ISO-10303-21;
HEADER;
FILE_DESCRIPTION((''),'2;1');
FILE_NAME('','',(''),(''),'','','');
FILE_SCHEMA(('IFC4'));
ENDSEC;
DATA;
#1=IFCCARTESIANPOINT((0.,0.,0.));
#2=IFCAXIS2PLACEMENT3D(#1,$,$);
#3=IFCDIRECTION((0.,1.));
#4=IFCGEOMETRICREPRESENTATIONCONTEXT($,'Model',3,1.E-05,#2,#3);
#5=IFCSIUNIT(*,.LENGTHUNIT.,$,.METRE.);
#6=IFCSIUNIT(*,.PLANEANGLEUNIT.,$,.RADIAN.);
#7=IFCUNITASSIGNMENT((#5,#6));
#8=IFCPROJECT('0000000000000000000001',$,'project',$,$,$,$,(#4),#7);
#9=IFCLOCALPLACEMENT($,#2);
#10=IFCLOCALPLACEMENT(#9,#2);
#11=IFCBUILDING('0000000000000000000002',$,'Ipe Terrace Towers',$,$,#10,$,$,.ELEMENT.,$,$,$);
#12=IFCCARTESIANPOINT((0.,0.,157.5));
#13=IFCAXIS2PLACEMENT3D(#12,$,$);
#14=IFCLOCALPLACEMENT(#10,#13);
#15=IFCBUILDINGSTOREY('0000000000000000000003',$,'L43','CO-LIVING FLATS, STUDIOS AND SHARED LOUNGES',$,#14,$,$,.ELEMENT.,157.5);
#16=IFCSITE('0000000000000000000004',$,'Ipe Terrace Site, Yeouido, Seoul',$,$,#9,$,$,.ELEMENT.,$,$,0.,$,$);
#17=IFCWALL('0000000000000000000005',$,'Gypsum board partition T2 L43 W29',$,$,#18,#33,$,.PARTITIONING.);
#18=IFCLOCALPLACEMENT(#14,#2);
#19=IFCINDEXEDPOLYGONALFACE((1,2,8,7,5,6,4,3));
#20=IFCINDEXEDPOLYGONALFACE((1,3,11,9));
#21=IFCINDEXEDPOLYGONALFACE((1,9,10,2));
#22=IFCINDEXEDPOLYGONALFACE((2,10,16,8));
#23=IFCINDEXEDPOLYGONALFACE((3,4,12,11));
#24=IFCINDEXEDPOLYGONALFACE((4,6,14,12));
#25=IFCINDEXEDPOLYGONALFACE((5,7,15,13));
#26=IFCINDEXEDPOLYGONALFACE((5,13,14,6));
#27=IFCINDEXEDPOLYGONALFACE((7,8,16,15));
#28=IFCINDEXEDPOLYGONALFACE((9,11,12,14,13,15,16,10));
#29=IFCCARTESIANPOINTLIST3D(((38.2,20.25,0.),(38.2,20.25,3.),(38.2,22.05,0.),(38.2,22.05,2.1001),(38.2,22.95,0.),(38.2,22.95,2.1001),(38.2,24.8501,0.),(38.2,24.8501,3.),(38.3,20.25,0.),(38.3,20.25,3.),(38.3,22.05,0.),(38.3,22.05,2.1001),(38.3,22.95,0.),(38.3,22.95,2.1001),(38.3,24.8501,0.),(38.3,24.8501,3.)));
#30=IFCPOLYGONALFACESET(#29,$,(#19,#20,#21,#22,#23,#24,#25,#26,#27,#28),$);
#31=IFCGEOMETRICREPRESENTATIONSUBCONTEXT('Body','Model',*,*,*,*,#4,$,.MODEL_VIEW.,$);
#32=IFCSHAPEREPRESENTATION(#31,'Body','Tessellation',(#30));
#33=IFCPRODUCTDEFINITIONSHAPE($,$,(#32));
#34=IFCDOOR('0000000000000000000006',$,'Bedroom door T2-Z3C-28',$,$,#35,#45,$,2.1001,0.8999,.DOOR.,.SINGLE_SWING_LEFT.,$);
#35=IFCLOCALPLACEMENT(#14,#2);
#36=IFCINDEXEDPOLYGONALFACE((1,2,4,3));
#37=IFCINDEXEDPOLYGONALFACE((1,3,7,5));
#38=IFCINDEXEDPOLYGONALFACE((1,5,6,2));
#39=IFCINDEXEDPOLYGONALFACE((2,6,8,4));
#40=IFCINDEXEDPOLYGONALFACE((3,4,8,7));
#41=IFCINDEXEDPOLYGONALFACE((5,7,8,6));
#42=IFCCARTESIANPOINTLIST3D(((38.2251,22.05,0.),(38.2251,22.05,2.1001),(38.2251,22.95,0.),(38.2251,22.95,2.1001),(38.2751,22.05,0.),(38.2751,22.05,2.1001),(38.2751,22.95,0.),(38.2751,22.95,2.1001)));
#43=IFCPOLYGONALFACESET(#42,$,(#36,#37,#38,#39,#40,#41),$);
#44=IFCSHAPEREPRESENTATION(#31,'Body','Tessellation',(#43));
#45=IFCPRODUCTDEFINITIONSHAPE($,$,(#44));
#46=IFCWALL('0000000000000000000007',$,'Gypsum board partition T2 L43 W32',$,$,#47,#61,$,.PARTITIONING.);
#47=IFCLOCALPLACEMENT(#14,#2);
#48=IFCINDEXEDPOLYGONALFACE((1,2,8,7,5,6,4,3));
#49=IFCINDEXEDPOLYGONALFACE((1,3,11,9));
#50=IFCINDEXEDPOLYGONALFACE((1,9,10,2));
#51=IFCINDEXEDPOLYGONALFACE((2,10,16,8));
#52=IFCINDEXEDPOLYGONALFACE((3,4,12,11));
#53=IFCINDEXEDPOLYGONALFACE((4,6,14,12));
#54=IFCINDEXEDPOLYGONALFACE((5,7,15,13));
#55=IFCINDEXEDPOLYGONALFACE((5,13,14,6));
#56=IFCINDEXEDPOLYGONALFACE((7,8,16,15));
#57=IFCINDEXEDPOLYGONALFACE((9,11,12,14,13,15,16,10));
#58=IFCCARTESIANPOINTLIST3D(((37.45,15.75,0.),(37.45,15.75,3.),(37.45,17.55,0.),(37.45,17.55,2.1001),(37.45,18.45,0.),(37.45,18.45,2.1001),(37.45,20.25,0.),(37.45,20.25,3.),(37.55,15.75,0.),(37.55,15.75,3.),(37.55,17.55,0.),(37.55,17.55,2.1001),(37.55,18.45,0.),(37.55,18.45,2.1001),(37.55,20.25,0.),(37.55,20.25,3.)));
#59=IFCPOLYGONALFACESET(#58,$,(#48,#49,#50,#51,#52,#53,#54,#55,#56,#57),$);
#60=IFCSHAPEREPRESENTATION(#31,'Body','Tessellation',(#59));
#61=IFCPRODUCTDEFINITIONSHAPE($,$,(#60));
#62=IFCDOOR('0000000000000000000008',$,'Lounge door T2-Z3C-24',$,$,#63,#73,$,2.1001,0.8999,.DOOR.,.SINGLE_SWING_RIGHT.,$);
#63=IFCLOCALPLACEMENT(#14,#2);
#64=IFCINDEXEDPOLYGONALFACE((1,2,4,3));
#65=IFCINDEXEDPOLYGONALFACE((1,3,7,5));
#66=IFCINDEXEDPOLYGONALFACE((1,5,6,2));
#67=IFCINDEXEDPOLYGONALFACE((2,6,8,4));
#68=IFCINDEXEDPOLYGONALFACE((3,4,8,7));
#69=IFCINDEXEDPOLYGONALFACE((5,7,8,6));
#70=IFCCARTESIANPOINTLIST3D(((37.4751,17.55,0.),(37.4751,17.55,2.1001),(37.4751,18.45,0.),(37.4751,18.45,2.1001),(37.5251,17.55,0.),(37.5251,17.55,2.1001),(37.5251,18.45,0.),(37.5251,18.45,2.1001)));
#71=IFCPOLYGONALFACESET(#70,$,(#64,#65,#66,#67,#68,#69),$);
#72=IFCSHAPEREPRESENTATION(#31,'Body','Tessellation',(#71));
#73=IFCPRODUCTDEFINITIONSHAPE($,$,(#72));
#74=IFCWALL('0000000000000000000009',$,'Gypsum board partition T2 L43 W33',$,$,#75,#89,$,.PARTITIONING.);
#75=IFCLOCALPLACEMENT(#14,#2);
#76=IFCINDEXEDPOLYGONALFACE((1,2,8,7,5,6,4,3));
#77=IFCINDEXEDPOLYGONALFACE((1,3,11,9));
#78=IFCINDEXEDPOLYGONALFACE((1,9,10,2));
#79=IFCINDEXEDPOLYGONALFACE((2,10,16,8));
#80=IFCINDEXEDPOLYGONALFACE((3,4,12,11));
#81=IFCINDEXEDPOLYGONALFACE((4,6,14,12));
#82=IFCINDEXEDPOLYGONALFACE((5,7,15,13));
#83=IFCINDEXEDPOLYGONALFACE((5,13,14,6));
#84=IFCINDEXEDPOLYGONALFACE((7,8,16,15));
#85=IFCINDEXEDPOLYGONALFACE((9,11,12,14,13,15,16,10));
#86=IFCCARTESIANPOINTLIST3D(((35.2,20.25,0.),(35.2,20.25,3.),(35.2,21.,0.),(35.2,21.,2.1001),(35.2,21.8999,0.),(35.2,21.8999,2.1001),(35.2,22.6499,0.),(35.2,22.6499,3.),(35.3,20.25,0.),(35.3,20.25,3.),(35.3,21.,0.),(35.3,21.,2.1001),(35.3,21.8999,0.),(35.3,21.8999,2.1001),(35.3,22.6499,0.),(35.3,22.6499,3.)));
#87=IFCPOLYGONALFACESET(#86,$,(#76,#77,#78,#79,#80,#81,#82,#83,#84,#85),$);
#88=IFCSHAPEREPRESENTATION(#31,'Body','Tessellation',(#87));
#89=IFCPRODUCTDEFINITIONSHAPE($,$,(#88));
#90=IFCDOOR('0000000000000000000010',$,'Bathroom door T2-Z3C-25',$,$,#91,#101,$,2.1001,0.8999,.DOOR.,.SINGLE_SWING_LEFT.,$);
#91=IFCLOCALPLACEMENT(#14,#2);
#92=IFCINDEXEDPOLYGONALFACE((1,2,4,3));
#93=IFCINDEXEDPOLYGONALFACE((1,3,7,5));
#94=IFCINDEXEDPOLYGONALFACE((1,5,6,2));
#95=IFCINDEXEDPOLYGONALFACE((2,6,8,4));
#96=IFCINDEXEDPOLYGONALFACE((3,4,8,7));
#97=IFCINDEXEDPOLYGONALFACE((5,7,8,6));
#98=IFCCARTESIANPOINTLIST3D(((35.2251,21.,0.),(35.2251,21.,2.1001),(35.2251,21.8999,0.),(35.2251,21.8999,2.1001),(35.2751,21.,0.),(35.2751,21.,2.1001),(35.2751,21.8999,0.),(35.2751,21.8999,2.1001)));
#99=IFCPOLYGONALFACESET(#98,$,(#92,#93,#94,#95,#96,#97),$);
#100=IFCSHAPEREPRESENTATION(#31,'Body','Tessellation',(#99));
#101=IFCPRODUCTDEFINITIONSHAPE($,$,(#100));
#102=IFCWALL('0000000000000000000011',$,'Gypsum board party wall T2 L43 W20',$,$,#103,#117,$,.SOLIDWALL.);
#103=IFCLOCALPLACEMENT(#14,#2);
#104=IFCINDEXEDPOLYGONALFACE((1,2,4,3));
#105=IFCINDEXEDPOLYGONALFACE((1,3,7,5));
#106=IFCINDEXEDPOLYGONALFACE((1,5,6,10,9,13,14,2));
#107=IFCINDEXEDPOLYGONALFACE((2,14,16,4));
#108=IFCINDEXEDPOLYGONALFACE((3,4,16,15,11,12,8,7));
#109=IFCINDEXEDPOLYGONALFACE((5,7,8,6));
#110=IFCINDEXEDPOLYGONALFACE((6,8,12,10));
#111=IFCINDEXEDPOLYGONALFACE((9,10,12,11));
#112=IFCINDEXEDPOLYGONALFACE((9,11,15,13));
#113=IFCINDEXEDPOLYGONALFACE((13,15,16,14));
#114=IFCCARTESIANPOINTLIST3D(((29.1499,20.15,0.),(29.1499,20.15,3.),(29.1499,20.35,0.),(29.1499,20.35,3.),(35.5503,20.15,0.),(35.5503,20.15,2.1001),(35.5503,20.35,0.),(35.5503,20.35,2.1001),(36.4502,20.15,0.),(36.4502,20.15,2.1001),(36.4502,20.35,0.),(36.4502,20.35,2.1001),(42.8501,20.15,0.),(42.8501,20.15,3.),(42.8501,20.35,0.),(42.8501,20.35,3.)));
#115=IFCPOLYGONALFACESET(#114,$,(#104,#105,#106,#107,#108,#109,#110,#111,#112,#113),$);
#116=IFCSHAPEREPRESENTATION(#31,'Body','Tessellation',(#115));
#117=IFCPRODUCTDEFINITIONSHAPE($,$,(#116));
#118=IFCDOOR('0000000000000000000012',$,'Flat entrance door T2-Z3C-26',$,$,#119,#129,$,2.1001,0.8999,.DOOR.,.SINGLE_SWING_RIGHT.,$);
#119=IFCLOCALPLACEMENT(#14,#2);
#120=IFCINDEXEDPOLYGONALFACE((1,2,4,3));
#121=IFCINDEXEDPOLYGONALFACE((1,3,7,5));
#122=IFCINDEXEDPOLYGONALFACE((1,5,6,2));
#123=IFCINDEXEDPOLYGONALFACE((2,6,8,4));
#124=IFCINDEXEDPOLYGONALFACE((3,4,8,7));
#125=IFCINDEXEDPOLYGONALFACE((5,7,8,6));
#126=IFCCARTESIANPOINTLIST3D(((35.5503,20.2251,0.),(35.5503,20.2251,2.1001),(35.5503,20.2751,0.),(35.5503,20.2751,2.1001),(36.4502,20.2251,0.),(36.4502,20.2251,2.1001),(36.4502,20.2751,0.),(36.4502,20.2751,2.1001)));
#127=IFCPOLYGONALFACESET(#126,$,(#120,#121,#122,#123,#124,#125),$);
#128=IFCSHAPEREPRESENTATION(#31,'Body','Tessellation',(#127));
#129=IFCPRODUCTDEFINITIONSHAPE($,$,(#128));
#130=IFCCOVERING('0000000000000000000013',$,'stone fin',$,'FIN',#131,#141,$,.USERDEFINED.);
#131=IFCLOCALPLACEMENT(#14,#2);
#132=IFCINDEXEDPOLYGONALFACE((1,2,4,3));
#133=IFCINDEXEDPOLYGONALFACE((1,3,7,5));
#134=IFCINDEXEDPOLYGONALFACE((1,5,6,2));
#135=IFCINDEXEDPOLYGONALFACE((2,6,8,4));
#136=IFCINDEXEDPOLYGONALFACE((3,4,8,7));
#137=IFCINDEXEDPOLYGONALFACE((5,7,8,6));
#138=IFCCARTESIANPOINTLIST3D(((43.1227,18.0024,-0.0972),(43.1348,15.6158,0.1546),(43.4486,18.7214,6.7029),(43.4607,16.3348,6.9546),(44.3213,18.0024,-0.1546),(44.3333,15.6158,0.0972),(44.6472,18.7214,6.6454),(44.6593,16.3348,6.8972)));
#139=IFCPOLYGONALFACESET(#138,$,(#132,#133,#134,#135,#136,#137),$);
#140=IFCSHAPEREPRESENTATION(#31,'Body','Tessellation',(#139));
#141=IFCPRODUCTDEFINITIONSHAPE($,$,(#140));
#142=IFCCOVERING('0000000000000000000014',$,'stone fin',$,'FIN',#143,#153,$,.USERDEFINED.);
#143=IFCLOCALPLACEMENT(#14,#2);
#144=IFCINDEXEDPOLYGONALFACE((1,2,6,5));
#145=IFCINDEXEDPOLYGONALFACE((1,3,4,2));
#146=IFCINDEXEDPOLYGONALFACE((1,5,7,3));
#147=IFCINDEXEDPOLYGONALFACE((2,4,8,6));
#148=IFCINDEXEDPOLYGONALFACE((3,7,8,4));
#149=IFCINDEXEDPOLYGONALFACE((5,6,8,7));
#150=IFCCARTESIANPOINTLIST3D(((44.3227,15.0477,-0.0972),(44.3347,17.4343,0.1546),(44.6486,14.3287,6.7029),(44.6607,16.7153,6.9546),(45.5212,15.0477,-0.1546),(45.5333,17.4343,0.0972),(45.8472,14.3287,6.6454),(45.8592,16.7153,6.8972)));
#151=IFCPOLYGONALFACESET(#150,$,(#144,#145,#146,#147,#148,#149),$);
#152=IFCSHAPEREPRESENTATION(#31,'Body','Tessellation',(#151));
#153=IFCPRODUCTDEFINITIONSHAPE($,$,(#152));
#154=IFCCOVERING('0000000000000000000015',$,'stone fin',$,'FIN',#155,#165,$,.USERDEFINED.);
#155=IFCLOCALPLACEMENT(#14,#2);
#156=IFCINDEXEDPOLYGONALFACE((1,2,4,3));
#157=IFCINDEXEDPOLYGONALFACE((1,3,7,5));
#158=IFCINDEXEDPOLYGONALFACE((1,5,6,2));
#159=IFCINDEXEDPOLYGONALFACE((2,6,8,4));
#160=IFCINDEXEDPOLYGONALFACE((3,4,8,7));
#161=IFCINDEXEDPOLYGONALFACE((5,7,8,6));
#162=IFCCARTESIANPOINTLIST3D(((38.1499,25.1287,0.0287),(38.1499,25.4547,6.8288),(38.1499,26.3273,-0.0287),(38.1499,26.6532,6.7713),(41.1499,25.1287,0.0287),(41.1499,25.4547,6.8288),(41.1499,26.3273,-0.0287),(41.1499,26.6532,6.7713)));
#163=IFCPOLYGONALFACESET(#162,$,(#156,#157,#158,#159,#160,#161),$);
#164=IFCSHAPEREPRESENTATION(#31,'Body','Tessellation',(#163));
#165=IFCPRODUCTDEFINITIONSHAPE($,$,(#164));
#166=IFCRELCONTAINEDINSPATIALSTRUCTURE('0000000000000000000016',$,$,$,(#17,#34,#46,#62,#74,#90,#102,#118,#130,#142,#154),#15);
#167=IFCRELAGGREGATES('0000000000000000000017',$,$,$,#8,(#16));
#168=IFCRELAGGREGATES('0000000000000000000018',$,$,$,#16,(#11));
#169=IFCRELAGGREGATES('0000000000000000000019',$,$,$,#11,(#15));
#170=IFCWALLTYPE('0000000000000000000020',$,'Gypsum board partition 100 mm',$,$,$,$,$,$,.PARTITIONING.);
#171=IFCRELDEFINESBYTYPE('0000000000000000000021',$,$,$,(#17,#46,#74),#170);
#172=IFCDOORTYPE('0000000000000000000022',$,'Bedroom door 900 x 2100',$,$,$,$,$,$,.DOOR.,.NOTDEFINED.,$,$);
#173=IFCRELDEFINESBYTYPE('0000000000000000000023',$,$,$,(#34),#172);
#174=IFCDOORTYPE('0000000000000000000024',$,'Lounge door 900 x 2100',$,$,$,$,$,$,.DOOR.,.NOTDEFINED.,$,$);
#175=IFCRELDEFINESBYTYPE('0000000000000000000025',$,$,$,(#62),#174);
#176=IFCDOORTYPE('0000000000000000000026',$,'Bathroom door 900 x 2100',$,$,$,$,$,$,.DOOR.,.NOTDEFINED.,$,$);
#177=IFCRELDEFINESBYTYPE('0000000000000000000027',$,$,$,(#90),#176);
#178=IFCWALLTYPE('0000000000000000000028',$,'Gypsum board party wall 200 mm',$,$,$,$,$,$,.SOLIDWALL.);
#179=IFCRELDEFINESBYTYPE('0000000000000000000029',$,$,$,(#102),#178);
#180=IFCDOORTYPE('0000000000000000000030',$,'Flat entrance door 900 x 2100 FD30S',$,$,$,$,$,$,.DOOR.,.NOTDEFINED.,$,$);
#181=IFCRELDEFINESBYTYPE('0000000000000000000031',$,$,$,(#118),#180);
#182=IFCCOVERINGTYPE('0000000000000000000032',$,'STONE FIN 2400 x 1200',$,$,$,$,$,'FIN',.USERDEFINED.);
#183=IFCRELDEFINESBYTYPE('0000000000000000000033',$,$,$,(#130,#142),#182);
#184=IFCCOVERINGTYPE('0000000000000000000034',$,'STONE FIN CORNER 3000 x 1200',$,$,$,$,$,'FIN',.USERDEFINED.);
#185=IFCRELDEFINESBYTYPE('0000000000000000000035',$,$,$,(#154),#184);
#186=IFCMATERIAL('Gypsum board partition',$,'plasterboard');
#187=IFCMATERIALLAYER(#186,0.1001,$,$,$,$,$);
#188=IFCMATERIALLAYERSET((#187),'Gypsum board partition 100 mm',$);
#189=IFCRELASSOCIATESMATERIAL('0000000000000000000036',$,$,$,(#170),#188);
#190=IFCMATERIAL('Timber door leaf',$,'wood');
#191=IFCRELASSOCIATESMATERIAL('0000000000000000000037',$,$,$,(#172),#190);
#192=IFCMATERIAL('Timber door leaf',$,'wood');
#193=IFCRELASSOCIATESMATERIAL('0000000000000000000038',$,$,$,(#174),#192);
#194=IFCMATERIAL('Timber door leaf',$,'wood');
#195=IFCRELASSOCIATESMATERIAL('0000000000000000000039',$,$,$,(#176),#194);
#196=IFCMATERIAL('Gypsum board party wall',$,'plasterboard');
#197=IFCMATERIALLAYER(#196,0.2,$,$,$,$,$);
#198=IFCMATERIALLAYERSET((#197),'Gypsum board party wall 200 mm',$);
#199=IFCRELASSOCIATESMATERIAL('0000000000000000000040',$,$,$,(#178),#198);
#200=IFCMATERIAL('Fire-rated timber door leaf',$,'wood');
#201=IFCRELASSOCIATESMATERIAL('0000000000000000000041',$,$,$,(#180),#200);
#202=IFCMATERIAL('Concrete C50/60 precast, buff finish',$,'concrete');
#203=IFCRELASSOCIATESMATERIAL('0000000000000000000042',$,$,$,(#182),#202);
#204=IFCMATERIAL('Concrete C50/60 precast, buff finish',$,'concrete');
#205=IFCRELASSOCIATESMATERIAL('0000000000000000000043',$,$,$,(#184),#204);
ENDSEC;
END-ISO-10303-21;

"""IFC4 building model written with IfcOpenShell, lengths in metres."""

from ifc_helpers import new_model, si_unit, direction, frame, frame_2d, origin, origin_2d, place, context, subcontext, project, spatial, rectangle, extrude, material, layer, layer_set, material_profile, profile_set, type_object, element, fill, save


model = new_model("IFC4")

# Units and contexts
model_context = context("Model", 3, precision=1e-05, world=origin(), true_north=direction((0.0, 1.0)))
body_context = subcontext(model_context, "Body", "Model", "MODEL_VIEW")
ifc_project = project(units=[si_unit("LENGTHUNIT", "METRE"), si_unit("PLANEANGLEUNIT", "RADIAN")], contexts=[model_context])

# Site, building, storey
site_placement = place(None, origin())
site = spatial("IfcSite", under=ifc_project, at=site_placement, Name="Ipe Terrace Site, Yeouido, Seoul", CompositionType="ELEMENT", RefElevation=0.0)
building_placement = place(site_placement, origin())
building = spatial("IfcBuilding", under=site, at=building_placement, Name="Ipe Terrace Towers", CompositionType="ELEMENT")
storey_placement = place(building_placement, frame((0.0, 0.0, 157.5)))
storey = spatial("IfcBuildingStorey", under=building, at=storey_placement, Name="L43", Description="CO-LIVING FLATS, STUDIOS AND SHARED LOUNGES", CompositionType="ELEMENT", Elevation=157.5)

# Shared definitions
ifc_material_1 = material(Name="Gypsum board partition", Category="plasterboard")
ifc_layer_1 = layer(ifc_material_1, 0.1001)
ifc_layer_set_1 = layer_set([ifc_layer_1], Name="Gypsum board partition 100 mm")
wall_type_1 = type_object("IfcWallType", Name="Gypsum board partition 100 mm", PredefinedType="PARTITIONING", material=ifc_layer_set_1)

# Walls, openings, doors
wall_1_placement = place(storey_placement, frame((38.25, 20.25, 0.0), z_axis=(0.0, 0.0, 1.0), x_axis=(0.0, 1.0, 0.0)))
wall_1 = element("IfcWall", 1, at=wall_1_placement, inside=storey, type_object=wall_type_1, Name="Gypsum board partition T2 L43 W29", PredefinedType="PARTITIONING", context=body_context, shape_type="SweptSolid", body=[
    extrude(rectangle(XDim=4.6001, YDim=0.1001, at=frame_2d((2.3, 0.0))), origin(), (0.0, 0.0, 1.0), 3.0),
])
opening_1_placement = place(wall_1_placement, frame((1.8, 0.0, 0.0)))
opening_1 = element("IfcOpeningElement", 2, at=opening_1_placement, cuts=wall_1, PredefinedType="OPENING", context=body_context, shape_type="SweptSolid", body=[
    extrude(rectangle(XDim=0.8999, YDim=2.1001, at=frame_2d((0.45, 1.05))), frame((0.0, 0.0601, 0.0), z_axis=(0.0, -1.0, 0.0), x_axis=(1.0, 0.0, 0.0)), (0.0, 0.0, 1.0), 0.1201),
])
ifc_material_2 = material(Name="Timber door leaf", Category="wood")
door_type_1 = type_object("IfcDoorType", Name="Bedroom door 900 x 2100", OperationType="NOTDEFINED", PredefinedType="DOOR", material=ifc_material_2)
door_1_placement = place(opening_1_placement, origin())
door_1 = element("IfcDoor", 3, at=door_1_placement, inside=storey, type_object=door_type_1, Name="Bedroom door T2-Z3C-28", OperationType="SINGLE_SWING_LEFT", OverallHeight=2.1001, OverallWidth=0.8999, PredefinedType="DOOR", context=body_context, shape_type="SweptSolid", body=[
    extrude(rectangle(XDim=0.8999, YDim=2.1001, at=frame_2d((0.45, 1.05))), frame((0.0, 0.0249, 0.0), z_axis=(0.0, -1.0, 0.0), x_axis=(1.0, 0.0, 0.0)), (0.0, 0.0, 1.0), 0.05),
])
fill(opening_1, door_1)
wall_2_placement = place(storey_placement, frame((37.5, 15.75, 0.0), z_axis=(0.0, 0.0, 1.0), x_axis=(0.0, 1.0, 0.0)))
wall_2 = element("IfcWall", 4, at=wall_2_placement, inside=storey, type_object=wall_type_1, Name="Gypsum board partition T2 L43 W32", PredefinedType="PARTITIONING", context=body_context, shape_type="SweptSolid", body=[
    extrude(rectangle(XDim=4.5, YDim=0.1001, at=frame_2d((2.25, 0.0))), origin(), (0.0, 0.0, 1.0), 3.0),
])
opening_2_placement = place(wall_2_placement, frame((1.8, 0.0, 0.0)))
opening_2 = element("IfcOpeningElement", 5, at=opening_2_placement, cuts=wall_2, PredefinedType="OPENING", context=body_context, shape_type="SweptSolid", body=[
    extrude(rectangle(XDim=0.8999, YDim=2.1001, at=frame_2d((0.45, 1.05))), frame((0.0, 0.0601, 0.0), z_axis=(0.0, -1.0, 0.0), x_axis=(1.0, 0.0, 0.0)), (0.0, 0.0, 1.0), 0.1201),
])
ifc_material_3 = material(Name="Timber door leaf", Category="wood")
door_type_2 = type_object("IfcDoorType", Name="Lounge door 900 x 2100", OperationType="NOTDEFINED", PredefinedType="DOOR", material=ifc_material_3)
door_2_placement = place(opening_2_placement, origin())
door_2 = element("IfcDoor", 6, at=door_2_placement, inside=storey, type_object=door_type_2, Name="Lounge door T2-Z3C-24", OperationType="SINGLE_SWING_RIGHT", OverallHeight=2.1001, OverallWidth=0.8999, PredefinedType="DOOR", context=body_context, shape_type="SweptSolid", body=[
    extrude(rectangle(XDim=0.8999, YDim=2.1001, at=frame_2d((0.45, 1.05))), frame((0.0, 0.0249, 0.0), z_axis=(0.0, -1.0, 0.0), x_axis=(1.0, 0.0, 0.0)), (0.0, 0.0, 1.0), 0.05),
])
fill(opening_2, door_2)
wall_3_placement = place(storey_placement, frame((35.25, 20.25, 0.0), z_axis=(0.0, 0.0, 1.0), x_axis=(0.0, 1.0, 0.0)))
wall_3 = element("IfcWall", 7, at=wall_3_placement, inside=storey, type_object=wall_type_1, Name="Gypsum board partition T2 L43 W33", PredefinedType="PARTITIONING", context=body_context, shape_type="SweptSolid", body=[
    extrude(rectangle(XDim=2.3999, YDim=0.1001, at=frame_2d((1.2, 0.0))), origin(), (0.0, 0.0, 1.0), 3.0),
])
opening_3_placement = place(wall_3_placement, frame((0.75, 0.0, 0.0)))
opening_3 = element("IfcOpeningElement", 8, at=opening_3_placement, cuts=wall_3, PredefinedType="OPENING", context=body_context, shape_type="SweptSolid", body=[
    extrude(rectangle(XDim=0.8999, YDim=2.1001, at=frame_2d((0.45, 1.05))), frame((0.0, 0.0601, 0.0), z_axis=(0.0, -1.0, 0.0), x_axis=(1.0, 0.0, 0.0)), (0.0, 0.0, 1.0), 0.1201),
])
ifc_material_4 = material(Name="Timber door leaf", Category="wood")
door_type_3 = type_object("IfcDoorType", Name="Bathroom door 900 x 2100", OperationType="NOTDEFINED", PredefinedType="DOOR", material=ifc_material_4)
door_3_placement = place(opening_3_placement, origin())
door_3 = element("IfcDoor", 9, at=door_3_placement, inside=storey, type_object=door_type_3, Name="Bathroom door T2-Z3C-25", OperationType="SINGLE_SWING_LEFT", OverallHeight=2.1001, OverallWidth=0.8999, PredefinedType="DOOR", context=body_context, shape_type="SweptSolid", body=[
    extrude(rectangle(XDim=0.8999, YDim=2.1001, at=frame_2d((0.45, 1.05))), frame((0.0, 0.0249, 0.0), z_axis=(0.0, -1.0, 0.0), x_axis=(1.0, 0.0, 0.0)), (0.0, 0.0, 1.0), 0.05),
])
fill(opening_3, door_3)
ifc_material_5 = material(Name="Gypsum board party wall", Category="plasterboard")
ifc_layer_2 = layer(ifc_material_5, 0.2)
ifc_layer_set_2 = layer_set([ifc_layer_2], Name="Gypsum board party wall 200 mm")
wall_type_2 = type_object("IfcWallType", Name="Gypsum board party wall 200 mm", PredefinedType="SOLIDWALL", material=ifc_layer_set_2)
wall_4_placement = place(storey_placement, frame((42.8501, 20.25, 0.0), z_axis=(0.0, 0.0, 1.0), x_axis=(-1.0, 0.0, 0.0)))
wall_4 = element("IfcWall", 10, at=wall_4_placement, inside=storey, type_object=wall_type_2, Name="Gypsum board party wall T2 L43 W20", PredefinedType="SOLIDWALL", context=body_context, shape_type="SweptSolid", body=[
    extrude(rectangle(XDim=13.7002, YDim=0.2, at=frame_2d((6.8501, 0.0))), origin(), (0.0, 0.0, 1.0), 3.0),
])
opening_4_placement = place(wall_4_placement, frame((6.3999, 0.0, 0.0)))
opening_4 = element("IfcOpeningElement", 11, at=opening_4_placement, cuts=wall_4, PredefinedType="OPENING", context=body_context, shape_type="SweptSolid", body=[
    extrude(rectangle(XDim=0.8999, YDim=2.1001, at=frame_2d((0.45, 1.05))), frame((0.0, 0.1099, 0.0), z_axis=(0.0, -1.0, 0.0), x_axis=(1.0, 0.0, 0.0)), (0.0, 0.0, 1.0), 0.22),
])
ifc_material_6 = material(Name="Fire-rated timber door leaf", Category="wood")
door_type_4 = type_object("IfcDoorType", Name="Flat entrance door 900 x 2100 FD30S", OperationType="NOTDEFINED", PredefinedType="DOOR", material=ifc_material_6)
door_4_placement = place(opening_4_placement, origin())
door_4 = element("IfcDoor", 12, at=door_4_placement, inside=storey, type_object=door_type_4, Name="Flat entrance door T2-Z3C-26", OperationType="SINGLE_SWING_RIGHT", OverallHeight=2.1001, OverallWidth=0.8999, PredefinedType="DOOR", context=body_context, shape_type="SweptSolid", body=[
    extrude(rectangle(XDim=0.8999, YDim=2.1001, at=frame_2d((0.45, 1.05))), frame((0.0, 0.0249, 0.0), z_axis=(0.0, -1.0, 0.0), x_axis=(1.0, 0.0, 0.0)), (0.0, 0.0, 1.0), 0.05),
])
fill(opening_4, door_4)

# Coverings
ifc_material_7 = material(Name="Concrete C50/60 precast, buff finish", Category="concrete")
ifc_material_profile_1 = material_profile(ifc_material_7, rectangle(XDim=2.3999, YDim=1.2, at=origin_2d()), Name="STONE FIN 2400 x 1200")
ifc_profile_set_1 = profile_set([ifc_material_profile_1], Name="Concrete C50/60 precast, buff finish")
covering_type_1 = type_object("IfcCoveringType", Name="STONE FIN 2400 x 1200", ElementType="FIN", PredefinedType="USERDEFINED", material=ifc_profile_set_1)
for number, where, z_axis, x_axis, name in (
    (13, (43.728, 16.8091, 0.0), (0.04761, 0.105028, 0.993329), (-0.005028, 0.994469, -0.104908), "stone fin"),
    (14, (44.928, 16.241, 0.0), (0.04761, -0.105028, 0.993329), (0.005028, 0.994469, 0.104908), "stone fin"),
):
    element("IfcCovering", number, at=place(storey_placement, frame(where, z_axis=z_axis, x_axis=x_axis)), inside=storey, type_object=covering_type_1, Name=name, ObjectType="FIN", PredefinedType="USERDEFINED", context=body_context, shape_type="SweptSolid", body=[
        extrude(rectangle(XDim=2.3999, YDim=1.2, at=origin_2d()), origin(), (0.0, 0.0, 1.0), 6.8457),
    ])
ifc_material_8 = material(Name="Concrete C50/60 precast, buff finish", Category="concrete")
ifc_material_profile_2 = material_profile(ifc_material_8, rectangle(XDim=3.0, YDim=1.2, at=origin_2d()), Name="STONE FIN CORNER 3000 x 1200")
ifc_profile_set_2 = profile_set([ifc_material_profile_2], Name="Concrete C50/60 precast, buff finish")
covering_type_2 = type_object("IfcCoveringType", Name="STONE FIN CORNER 3000 x 1200", ElementType="FIN", PredefinedType="USERDEFINED", material=ifc_profile_set_2)
for number, where, z_axis, x_axis, name in (
    (15, (39.6499, 25.728, 0.0), (0.0, 0.047875, 0.998853), (-1.0, 0.0, 0.0), "stone fin"),
):
    element("IfcCovering", number, at=place(storey_placement, frame(where, z_axis=z_axis, x_axis=x_axis)), inside=storey, type_object=covering_type_2, Name=name, ObjectType="FIN", PredefinedType="USERDEFINED", context=body_context, shape_type="SweptSolid", body=[
        extrude(rectangle(XDim=3.0, YDim=1.2, at=origin_2d()), origin(), (0.0, 0.0, 1.0), 6.8079),
    ])

save(model, "model.ifc")
